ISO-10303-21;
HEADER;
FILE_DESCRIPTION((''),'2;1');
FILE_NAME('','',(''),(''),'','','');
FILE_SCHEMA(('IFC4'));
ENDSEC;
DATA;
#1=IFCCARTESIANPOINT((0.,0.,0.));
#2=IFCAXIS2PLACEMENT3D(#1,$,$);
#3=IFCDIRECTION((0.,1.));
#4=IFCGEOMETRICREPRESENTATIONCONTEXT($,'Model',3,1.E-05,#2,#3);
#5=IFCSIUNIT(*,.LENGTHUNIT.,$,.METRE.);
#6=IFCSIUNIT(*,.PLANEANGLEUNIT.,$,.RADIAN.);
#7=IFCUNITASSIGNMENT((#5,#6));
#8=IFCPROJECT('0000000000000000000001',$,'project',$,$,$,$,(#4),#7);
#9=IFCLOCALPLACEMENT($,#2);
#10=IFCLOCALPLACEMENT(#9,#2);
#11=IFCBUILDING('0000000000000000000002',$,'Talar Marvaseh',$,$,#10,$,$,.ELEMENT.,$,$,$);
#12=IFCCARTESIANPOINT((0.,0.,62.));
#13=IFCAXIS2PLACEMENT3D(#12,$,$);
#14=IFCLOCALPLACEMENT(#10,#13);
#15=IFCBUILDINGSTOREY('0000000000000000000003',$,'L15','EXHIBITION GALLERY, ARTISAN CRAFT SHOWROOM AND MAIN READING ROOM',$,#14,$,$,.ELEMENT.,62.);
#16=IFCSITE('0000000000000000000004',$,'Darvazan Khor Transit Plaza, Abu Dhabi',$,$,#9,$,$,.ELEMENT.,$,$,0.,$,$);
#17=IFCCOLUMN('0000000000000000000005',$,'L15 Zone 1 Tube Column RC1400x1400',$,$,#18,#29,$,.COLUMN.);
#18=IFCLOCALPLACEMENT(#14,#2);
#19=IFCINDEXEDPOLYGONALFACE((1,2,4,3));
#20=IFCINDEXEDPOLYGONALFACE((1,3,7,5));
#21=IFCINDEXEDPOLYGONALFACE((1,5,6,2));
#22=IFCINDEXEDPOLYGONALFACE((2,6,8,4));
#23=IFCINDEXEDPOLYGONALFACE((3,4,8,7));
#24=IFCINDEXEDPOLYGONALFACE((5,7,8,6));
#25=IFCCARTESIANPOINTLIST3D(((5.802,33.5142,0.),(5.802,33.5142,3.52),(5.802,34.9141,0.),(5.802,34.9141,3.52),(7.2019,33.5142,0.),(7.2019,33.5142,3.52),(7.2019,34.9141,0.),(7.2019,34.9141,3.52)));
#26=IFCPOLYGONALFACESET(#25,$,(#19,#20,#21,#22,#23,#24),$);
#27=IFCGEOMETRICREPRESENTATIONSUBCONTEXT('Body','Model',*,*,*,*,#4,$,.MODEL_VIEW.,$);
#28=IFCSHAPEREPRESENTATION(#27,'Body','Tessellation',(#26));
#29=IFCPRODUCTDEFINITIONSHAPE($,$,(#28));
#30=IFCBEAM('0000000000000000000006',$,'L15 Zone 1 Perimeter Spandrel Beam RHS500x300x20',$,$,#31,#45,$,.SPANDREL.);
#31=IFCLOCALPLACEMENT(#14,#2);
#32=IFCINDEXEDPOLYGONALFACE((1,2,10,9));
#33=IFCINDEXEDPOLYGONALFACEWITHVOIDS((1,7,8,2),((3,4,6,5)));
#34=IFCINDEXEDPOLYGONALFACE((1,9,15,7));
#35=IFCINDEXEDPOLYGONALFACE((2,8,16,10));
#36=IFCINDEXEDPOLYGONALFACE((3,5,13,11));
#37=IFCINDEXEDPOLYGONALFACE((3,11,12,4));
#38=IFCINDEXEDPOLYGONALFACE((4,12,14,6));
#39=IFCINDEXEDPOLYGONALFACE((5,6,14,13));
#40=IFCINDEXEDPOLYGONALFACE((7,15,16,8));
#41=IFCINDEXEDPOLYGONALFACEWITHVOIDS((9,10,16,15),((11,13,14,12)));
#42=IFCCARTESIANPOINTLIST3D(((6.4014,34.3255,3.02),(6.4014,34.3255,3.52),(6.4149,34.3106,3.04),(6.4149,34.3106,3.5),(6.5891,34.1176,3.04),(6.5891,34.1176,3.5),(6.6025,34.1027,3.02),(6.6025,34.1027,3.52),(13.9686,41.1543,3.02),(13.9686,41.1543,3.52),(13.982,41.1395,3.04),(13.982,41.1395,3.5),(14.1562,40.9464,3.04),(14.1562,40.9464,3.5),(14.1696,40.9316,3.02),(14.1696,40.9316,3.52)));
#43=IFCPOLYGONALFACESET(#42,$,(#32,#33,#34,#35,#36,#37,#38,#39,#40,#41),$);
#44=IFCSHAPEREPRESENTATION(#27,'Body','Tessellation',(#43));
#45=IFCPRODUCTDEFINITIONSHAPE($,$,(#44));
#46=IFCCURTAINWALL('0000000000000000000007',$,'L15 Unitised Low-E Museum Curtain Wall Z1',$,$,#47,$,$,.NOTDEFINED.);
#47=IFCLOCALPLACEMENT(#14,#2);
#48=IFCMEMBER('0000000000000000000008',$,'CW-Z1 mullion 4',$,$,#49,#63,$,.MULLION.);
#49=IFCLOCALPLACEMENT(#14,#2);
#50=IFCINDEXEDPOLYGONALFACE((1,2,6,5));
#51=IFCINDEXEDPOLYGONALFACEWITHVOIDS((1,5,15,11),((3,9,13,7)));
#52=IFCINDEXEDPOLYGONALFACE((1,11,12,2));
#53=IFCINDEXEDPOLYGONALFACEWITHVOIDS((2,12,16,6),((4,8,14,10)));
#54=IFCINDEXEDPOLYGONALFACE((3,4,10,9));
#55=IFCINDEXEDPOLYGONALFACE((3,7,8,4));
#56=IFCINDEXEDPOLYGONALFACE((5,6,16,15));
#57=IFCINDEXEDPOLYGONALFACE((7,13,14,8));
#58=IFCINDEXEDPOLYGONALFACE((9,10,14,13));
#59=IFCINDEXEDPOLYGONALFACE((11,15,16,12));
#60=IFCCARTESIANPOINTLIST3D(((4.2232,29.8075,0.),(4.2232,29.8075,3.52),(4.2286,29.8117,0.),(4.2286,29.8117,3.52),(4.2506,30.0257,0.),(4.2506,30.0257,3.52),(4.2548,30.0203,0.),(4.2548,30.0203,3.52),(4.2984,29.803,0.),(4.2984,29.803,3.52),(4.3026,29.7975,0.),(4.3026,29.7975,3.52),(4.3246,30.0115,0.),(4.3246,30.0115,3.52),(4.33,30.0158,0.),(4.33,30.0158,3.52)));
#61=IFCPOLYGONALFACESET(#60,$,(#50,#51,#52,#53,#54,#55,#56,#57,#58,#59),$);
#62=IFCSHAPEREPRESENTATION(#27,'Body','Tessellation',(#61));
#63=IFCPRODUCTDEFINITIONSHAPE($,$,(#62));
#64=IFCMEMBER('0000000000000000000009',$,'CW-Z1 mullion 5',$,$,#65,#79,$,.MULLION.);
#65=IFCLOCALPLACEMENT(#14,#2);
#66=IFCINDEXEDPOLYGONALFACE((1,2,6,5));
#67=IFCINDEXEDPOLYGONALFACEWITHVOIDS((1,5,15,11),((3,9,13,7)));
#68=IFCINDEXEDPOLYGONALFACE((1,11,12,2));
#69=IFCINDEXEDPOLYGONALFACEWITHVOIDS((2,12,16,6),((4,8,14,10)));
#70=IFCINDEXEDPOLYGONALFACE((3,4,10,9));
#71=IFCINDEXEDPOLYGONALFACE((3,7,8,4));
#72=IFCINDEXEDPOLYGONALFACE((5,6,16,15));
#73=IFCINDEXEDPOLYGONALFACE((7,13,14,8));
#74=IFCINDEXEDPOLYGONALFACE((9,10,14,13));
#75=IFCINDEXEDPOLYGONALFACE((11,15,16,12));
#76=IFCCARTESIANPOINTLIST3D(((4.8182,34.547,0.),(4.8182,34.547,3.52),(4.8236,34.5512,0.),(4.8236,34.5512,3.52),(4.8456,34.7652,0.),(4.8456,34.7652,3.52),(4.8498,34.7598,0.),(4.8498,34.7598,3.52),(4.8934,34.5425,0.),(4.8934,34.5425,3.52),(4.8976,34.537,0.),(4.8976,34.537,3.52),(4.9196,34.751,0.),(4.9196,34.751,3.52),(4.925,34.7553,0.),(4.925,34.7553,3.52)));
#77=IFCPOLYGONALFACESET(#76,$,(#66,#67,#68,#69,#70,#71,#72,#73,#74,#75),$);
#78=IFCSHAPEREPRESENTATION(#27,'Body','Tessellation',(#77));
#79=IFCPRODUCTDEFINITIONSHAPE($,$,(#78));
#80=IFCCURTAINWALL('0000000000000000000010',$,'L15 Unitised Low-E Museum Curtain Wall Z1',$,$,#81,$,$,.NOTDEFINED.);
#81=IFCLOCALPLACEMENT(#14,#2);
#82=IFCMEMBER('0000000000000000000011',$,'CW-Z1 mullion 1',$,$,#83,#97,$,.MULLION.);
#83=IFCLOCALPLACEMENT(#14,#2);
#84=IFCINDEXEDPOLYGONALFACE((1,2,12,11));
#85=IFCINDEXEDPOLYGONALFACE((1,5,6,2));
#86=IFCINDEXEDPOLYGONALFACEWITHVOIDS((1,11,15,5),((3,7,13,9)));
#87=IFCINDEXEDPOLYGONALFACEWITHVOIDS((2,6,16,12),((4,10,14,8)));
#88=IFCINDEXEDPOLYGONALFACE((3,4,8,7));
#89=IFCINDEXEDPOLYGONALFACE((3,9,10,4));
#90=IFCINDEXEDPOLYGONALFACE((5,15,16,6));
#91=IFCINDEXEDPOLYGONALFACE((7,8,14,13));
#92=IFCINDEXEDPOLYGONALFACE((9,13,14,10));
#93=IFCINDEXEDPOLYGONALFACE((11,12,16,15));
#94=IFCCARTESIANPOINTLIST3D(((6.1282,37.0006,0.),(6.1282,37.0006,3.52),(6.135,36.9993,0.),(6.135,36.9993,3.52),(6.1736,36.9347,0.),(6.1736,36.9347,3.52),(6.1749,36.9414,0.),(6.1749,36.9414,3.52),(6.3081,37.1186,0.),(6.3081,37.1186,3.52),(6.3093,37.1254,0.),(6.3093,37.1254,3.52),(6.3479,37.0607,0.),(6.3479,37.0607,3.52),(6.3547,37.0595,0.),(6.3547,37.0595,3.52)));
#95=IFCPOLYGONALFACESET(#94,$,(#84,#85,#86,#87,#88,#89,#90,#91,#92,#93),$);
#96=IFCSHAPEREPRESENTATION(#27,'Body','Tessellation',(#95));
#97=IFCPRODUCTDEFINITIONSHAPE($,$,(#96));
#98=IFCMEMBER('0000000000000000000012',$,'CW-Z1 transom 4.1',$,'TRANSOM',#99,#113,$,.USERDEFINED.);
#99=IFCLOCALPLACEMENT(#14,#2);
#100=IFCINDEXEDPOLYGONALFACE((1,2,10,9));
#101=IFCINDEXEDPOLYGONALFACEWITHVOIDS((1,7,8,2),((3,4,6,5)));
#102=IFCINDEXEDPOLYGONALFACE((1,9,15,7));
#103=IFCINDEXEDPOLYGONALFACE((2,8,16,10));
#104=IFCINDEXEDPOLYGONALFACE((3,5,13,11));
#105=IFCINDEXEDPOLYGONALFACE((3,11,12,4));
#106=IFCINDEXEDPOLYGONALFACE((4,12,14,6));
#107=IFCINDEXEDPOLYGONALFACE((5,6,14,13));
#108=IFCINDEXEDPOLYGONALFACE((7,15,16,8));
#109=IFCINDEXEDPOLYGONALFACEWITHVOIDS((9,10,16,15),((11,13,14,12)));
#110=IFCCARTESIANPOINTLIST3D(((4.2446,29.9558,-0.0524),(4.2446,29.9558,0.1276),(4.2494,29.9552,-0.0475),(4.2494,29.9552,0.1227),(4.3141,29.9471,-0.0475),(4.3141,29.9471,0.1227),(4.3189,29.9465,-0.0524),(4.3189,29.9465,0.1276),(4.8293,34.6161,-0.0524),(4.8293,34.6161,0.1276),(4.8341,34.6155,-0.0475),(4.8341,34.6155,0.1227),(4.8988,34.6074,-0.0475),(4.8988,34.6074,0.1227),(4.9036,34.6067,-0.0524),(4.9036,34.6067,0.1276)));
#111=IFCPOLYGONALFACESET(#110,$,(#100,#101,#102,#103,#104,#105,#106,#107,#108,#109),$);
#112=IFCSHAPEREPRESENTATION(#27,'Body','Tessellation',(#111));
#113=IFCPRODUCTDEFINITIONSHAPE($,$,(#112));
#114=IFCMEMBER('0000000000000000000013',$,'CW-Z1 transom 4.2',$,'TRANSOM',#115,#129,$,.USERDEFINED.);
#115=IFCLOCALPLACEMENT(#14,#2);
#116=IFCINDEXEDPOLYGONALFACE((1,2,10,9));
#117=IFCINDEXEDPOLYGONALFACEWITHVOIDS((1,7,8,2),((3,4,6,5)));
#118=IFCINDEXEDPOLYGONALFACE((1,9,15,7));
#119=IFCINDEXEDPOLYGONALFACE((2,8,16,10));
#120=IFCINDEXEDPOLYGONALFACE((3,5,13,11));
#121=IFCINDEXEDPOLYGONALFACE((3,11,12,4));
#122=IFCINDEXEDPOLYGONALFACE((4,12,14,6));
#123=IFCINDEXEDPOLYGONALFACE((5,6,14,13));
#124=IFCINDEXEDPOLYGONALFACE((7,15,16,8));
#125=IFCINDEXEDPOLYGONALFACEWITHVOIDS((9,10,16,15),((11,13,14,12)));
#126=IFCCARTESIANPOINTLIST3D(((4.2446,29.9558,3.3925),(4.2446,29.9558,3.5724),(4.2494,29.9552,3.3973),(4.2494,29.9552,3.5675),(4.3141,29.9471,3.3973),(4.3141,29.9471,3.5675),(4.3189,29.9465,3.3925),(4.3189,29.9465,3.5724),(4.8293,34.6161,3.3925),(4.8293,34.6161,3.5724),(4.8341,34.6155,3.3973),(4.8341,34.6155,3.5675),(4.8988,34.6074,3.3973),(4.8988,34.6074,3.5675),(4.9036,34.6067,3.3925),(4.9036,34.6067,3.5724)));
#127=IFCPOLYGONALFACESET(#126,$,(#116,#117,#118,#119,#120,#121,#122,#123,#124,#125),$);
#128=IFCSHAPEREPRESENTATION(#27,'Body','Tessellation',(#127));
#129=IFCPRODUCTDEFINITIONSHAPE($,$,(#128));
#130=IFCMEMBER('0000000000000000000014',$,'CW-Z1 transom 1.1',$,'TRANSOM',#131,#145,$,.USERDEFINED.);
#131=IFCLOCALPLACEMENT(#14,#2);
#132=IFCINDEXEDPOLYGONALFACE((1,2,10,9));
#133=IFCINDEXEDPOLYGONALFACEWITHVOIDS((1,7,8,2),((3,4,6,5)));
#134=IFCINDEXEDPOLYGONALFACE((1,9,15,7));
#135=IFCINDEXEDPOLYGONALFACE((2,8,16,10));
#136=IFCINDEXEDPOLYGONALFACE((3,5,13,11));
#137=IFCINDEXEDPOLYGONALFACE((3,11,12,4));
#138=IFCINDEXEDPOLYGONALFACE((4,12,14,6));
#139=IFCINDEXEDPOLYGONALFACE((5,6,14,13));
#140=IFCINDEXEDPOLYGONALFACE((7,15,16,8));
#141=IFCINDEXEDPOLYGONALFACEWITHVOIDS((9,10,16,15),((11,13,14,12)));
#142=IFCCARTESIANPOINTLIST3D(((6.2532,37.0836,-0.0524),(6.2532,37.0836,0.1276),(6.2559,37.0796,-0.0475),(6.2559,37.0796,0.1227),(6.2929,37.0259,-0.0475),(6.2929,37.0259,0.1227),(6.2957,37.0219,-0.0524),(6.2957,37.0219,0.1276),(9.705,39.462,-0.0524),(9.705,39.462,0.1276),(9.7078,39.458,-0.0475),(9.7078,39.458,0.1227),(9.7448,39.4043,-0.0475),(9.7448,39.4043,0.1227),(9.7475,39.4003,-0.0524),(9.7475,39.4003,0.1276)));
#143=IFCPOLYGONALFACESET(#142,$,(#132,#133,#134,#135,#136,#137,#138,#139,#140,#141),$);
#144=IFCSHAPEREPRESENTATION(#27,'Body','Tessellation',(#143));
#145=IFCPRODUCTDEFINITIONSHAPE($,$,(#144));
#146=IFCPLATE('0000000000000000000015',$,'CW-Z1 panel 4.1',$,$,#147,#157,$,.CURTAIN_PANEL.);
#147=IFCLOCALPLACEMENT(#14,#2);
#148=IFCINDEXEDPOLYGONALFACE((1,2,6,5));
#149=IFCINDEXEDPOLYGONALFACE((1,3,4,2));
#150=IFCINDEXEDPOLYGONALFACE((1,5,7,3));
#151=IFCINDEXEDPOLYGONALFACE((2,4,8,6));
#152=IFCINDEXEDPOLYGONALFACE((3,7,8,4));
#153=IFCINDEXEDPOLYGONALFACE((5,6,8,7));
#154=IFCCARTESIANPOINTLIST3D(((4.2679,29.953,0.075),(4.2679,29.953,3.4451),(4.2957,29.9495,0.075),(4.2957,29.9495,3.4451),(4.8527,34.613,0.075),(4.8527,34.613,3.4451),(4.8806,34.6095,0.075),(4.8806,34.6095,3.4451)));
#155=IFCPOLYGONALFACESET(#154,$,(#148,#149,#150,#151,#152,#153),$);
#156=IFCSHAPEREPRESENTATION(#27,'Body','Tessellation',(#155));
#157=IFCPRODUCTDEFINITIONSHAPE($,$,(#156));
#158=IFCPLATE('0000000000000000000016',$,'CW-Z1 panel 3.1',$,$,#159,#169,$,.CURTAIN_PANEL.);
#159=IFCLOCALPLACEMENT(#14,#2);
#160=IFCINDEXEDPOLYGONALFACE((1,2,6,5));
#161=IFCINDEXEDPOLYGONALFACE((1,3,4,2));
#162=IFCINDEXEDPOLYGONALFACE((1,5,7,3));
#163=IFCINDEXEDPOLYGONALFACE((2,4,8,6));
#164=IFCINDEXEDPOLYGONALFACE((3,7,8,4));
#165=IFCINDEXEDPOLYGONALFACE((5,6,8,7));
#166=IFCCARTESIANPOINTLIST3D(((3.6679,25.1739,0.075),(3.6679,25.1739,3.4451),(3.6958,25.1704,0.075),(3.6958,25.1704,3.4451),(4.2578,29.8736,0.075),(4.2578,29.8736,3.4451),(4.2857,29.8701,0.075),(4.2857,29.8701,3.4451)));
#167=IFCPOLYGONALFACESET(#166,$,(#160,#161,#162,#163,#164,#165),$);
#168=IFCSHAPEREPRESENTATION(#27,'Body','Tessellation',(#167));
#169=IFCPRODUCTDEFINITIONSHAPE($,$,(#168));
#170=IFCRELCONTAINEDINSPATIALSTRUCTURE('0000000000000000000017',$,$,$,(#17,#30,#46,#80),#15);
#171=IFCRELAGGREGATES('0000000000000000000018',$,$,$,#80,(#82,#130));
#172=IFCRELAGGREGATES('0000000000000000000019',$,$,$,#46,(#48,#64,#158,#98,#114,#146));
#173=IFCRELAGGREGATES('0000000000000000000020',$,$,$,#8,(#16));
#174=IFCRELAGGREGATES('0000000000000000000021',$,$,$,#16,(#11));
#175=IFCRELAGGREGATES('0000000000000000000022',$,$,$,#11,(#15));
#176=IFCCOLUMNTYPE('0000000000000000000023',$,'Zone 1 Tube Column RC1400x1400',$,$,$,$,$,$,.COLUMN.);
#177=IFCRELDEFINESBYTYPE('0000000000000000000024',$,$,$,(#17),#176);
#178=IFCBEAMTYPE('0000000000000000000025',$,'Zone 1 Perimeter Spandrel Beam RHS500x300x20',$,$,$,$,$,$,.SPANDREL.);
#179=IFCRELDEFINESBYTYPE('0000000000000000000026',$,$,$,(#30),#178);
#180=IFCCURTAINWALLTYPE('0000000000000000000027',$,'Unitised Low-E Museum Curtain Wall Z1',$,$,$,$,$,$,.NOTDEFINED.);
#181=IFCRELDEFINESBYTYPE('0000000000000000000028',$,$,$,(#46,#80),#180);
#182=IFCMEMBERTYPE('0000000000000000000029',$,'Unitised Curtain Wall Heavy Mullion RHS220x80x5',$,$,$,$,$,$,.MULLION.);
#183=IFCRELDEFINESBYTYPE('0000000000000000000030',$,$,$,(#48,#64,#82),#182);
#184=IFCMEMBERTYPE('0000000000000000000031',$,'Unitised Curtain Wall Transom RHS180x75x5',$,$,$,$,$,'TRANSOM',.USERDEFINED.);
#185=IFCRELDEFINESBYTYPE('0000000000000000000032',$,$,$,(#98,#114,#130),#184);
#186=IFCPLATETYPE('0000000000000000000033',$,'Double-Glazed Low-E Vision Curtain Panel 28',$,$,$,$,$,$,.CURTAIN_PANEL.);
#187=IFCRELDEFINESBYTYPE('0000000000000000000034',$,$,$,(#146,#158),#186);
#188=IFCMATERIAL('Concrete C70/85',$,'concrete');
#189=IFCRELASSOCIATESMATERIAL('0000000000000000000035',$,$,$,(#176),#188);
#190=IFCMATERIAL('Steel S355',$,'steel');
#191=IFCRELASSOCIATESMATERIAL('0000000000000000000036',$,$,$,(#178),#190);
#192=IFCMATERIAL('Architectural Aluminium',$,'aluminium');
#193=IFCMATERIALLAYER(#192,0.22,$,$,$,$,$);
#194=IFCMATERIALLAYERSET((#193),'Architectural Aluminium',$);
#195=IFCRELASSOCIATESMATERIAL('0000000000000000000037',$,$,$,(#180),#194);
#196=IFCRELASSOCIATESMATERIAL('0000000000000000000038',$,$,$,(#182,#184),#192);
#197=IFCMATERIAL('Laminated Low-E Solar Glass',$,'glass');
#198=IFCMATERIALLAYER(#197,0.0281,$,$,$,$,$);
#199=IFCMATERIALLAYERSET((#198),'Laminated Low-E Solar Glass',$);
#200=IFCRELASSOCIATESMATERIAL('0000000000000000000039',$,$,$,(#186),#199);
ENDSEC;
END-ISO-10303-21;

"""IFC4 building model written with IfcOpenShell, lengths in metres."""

from ifc_helpers import new_model, si_unit, direction, frame, origin, origin_2d, place, context, subcontext, project, spatial, rectangle, hollow_rectangle, extrude, source, transform, mapped, material, layer, layer_set, material_profile, profile_set, type_object, type_shapes, element, aggregate, save


model = new_model("IFC4")

# Units and contexts
model_context = context("Model", 3, precision=1e-05, world=origin(), true_north=direction((0.0, 1.0)))
body_context = subcontext(model_context, "Body", "Model", "MODEL_VIEW")
ifc_project = project(units=[si_unit("LENGTHUNIT", "METRE"), si_unit("PLANEANGLEUNIT", "RADIAN")], contexts=[model_context])

# Site, building, storey
site_placement = place(None, origin())
site = spatial("IfcSite", under=ifc_project, at=site_placement, Name="Darvazan Khor Transit Plaza, Abu Dhabi", CompositionType="ELEMENT", RefElevation=0.0)
building_placement = place(site_placement, origin())
building = spatial("IfcBuilding", under=site, at=building_placement, Name="Talar Marvaseh", CompositionType="ELEMENT")
storey_placement = place(building_placement, frame((0.0, 0.0, 62.0)))
storey = spatial("IfcBuildingStorey", under=building, at=storey_placement, Name="L15", Description="EXHIBITION GALLERY, ARTISAN CRAFT SHOWROOM AND MAIN READING ROOM", CompositionType="ELEMENT", Elevation=62.0)

# Column
ifc_material_1 = material(Name="Concrete C70/85", Category="concrete")
ifc_material_profile_1 = material_profile(ifc_material_1, rectangle(XDim=1.3999, YDim=1.3999, at=origin_2d()), Name="RC1400x1400")
ifc_profile_set_1 = profile_set([ifc_material_profile_1], Name="Concrete C70/85")
column_type = type_object("IfcColumnType", Name="Zone 1 Tube Column RC1400x1400", PredefinedType="COLUMN", material=ifc_profile_set_1)
column_placement = place(storey_placement, frame((6.502, 34.2141, 0.0), z_axis=(0.0, 0.0, 1.0), x_axis=(1.0, 0.0, 0.0)))
element("IfcColumn", 1, at=column_placement, inside=storey, type_object=column_type, Name="L15 Zone 1 Tube Column RC1400x1400", PredefinedType="COLUMN", context=body_context, shape_type="SweptSolid", body=[
    extrude(rectangle(XDim=1.3999, YDim=1.3999, at=origin_2d()), origin(), (0.0, 0.0, 1.0), 3.52),
])

# Beam
ifc_material_2 = material(Name="Steel S355", Category="steel")
ifc_material_profile_2 = material_profile(ifc_material_2, hollow_rectangle(XDim=0.3, YDim=0.5, WallThickness=0.02, at=origin_2d()), Name="RHS500x300x20")
ifc_profile_set_2 = profile_set([ifc_material_profile_2], Name="Steel S355")
beam_type = type_object("IfcBeamType", Name="Zone 1 Perimeter Spandrel Beam RHS500x300x20", PredefinedType="SPANDREL", material=ifc_profile_set_2)
beam_placement = place(storey_placement, frame((6.502, 34.2141, 3.27), z_axis=(0.742394, 0.669963, 0.0), x_axis=(-0.669963, 0.742394, 0.0)))
element("IfcBeam", 2, at=beam_placement, inside=storey, type_object=beam_type, Name="L15 Zone 1 Perimeter Spandrel Beam RHS500x300x20", PredefinedType="SPANDREL", context=body_context, shape_type="SweptSolid", body=[
    extrude(hollow_rectangle(XDim=0.3, YDim=0.5, WallThickness=0.02, at=origin_2d()), origin(), (0.0, 0.0, 1.0), 10.1929),
])

# Curtain wall, members
ifc_material_3 = material(Name="Architectural Aluminium", Category="aluminium")
ifc_layer_1 = layer(ifc_material_3, 0.22)
ifc_layer_set_1 = layer_set([ifc_layer_1], Name="Architectural Aluminium")
curtain_wall_type = type_object("IfcCurtainWallType", Name="Unitised Low-E Museum Curtain Wall Z1", PredefinedType="NOTDEFINED", material=ifc_layer_set_1)
curtain_wall_1_placement = place(storey_placement, origin())
curtain_wall_1 = element("IfcCurtainWall", 3, at=curtain_wall_1_placement, inside=storey, type_object=curtain_wall_type, Name="L15 Unitised Low-E Museum Curtain Wall Z1", PredefinedType="NOTDEFINED")
ifc_material_profile_3 = material_profile(ifc_material_3, hollow_rectangle(XDim=0.0801, YDim=0.22, WallThickness=0.0049, at=origin_2d()), Name="RHS220x80x5")
ifc_profile_set_3 = profile_set([ifc_material_profile_3], Name="Architectural Aluminium")
member_type_1 = type_object("IfcMemberType", Name="Unitised Curtain Wall Heavy Mullion RHS220x80x5", PredefinedType="MULLION", material=ifc_profile_set_3)
shared_shape_1 = source(origin(), body_context, "Body", "SweptSolid", [
    extrude(hollow_rectangle(XDim=0.0801, YDim=0.22, WallThickness=0.0049, at=origin_2d()), origin(), (0.0, 0.0, 1.0), 3.52),
])
type_shapes(member_type_1, [shared_shape_1])
member_1_placement = place(storey_placement, frame((4.2766, 29.9116, 0.0), z_axis=(0.0, 0.0, 1.0), x_axis=(-0.992216, 0.124532, 0.0)))
member_1 = element("IfcMember", 4, at=member_1_placement, type_object=member_type_1, Name="CW-Z1 mullion 4", PredefinedType="MULLION", context=body_context, shape_type="MappedRepresentation", body=[
    mapped(shared_shape_1, transform((0.0, 0.0, 0.0), x_axis=(1.0, 0.0, 0.0), y_axis=(0.0, 1.0, 0.0), z_axis=(0.0, 0.0, 1.0), scale=1.0)),
])
member_2_placement = place(storey_placement, frame((4.8716, 34.6511, 0.0), z_axis=(0.0, 0.0, 1.0), x_axis=(-0.992216, 0.124532, 0.0)))
member_2 = element("IfcMember", 5, at=member_2_placement, type_object=member_type_1, Name="CW-Z1 mullion 5", PredefinedType="MULLION", context=body_context, shape_type="MappedRepresentation", body=[
    mapped(shared_shape_1, transform((0.0, 0.0, 0.0), x_axis=(1.0, 0.0, 0.0), y_axis=(0.0, 1.0, 0.0), z_axis=(0.0, 0.0, 1.0), scale=1.0)),
])

# Curtain wall, member
curtain_wall_2_placement = place(storey_placement, origin())
curtain_wall_2 = element("IfcCurtainWall", 6, at=curtain_wall_2_placement, inside=storey, type_object=curtain_wall_type, Name="L15 Unitised Low-E Museum Curtain Wall Z1", PredefinedType="NOTDEFINED")
member_3_placement = place(storey_placement, frame((6.2415, 37.03, 0.0), z_axis=(0.0, 0.0, 1.0), x_axis=(-0.567383, 0.823454, 0.0)))
member_3 = element("IfcMember", 7, at=member_3_placement, type_object=member_type_1, Name="CW-Z1 mullion 1", PredefinedType="MULLION", context=body_context, shape_type="MappedRepresentation", body=[
    mapped(shared_shape_1, transform((0.0, 0.0, 0.0), x_axis=(1.0, 0.0, 0.0), y_axis=(0.0, 1.0, 0.0), z_axis=(0.0, 0.0, 1.0), scale=1.0)),
])

# Members
ifc_material_profile_4 = material_profile(ifc_material_3, hollow_rectangle(XDim=0.075, YDim=0.1799, WallThickness=0.0049, at=origin_2d()), Name="RHS180x75x5")
ifc_profile_set_4 = profile_set([ifc_material_profile_4], Name="Architectural Aluminium")
member_type_2 = type_object("IfcMemberType", Name="Unitised Curtain Wall Transom RHS180x75x5", ElementType="TRANSOM", PredefinedType="USERDEFINED", material=ifc_profile_set_4)
shared_shape_2 = source(origin(), body_context, "Body", "SweptSolid", [
    extrude(hollow_rectangle(XDim=0.075, YDim=0.1799, WallThickness=0.0049, at=origin_2d()), origin(), (0.0, 0.0, 1.0), 4.6968),
])
member_4_placement = place(storey_placement, frame((4.2817, 29.9512, 0.0376), z_axis=(0.124495, 0.99222, 0.0), x_axis=(-0.99222, 0.124495, 0.0)))
member_4 = element("IfcMember", 8, at=member_4_placement, type_object=member_type_2, Name="CW-Z1 transom 4.1", ObjectType="TRANSOM", PredefinedType="USERDEFINED", context=body_context, shape_type="MappedRepresentation", body=[
    mapped(shared_shape_2, transform((0.0, 0.0, 0.0), x_axis=(1.0, 0.0, 0.0), y_axis=(0.0, 1.0, 0.0), z_axis=(0.0, 0.0, 1.0), scale=1.0)),
])
member_5_placement = place(storey_placement, frame((4.2817, 29.9512, 3.4824), z_axis=(0.124495, 0.99222, 0.0), x_axis=(-0.99222, 0.124495, 0.0)))
member_5 = element("IfcMember", 9, at=member_5_placement, type_object=member_type_2, Name="CW-Z1 transom 4.2", ObjectType="TRANSOM", PredefinedType="USERDEFINED", context=body_context, shape_type="MappedRepresentation", body=[
    mapped(shared_shape_2, transform((0.0, 0.0, 0.0), x_axis=(1.0, 0.0, 0.0), y_axis=(0.0, 1.0, 0.0), z_axis=(0.0, 0.0, 1.0), scale=1.0)),
])
shared_shape_3 = source(origin(), body_context, "Body", "SweptSolid", [
    extrude(hollow_rectangle(XDim=0.075, YDim=0.1799, WallThickness=0.0049, at=origin_2d()), origin(), (0.0, 0.0, 1.0), 4.1919),
])
type_shapes(member_type_2, [shared_shape_2, shared_shape_3])
member_6_placement = place(storey_placement, frame((6.2744, 37.0527, 0.0376), z_axis=(0.823459, 0.567376, 0.0), x_axis=(-0.567376, 0.823459, 0.0)))
member_6 = element("IfcMember", 10, at=member_6_placement, type_object=member_type_2, Name="CW-Z1 transom 1.1", ObjectType="TRANSOM", PredefinedType="USERDEFINED", context=body_context, shape_type="MappedRepresentation", body=[
    mapped(shared_shape_3, transform((0.0, 0.0, 0.0), x_axis=(1.0, 0.0, 0.0), y_axis=(0.0, 1.0, 0.0), z_axis=(0.0, 0.0, 1.0), scale=1.0)),
])
aggregate(curtain_wall_2, [member_3, member_6])

# Plates
ifc_material_4 = material(Name="Laminated Low-E Solar Glass", Category="glass")
ifc_layer_2 = layer(ifc_material_4, 0.0281)
ifc_layer_set_2 = layer_set([ifc_layer_2], Name="Laminated Low-E Solar Glass")
plate_type = type_object("IfcPlateType", Name="Double-Glazed Low-E Vision Curtain Panel 28", PredefinedType="CURTAIN_PANEL", material=ifc_layer_set_2)
shared_shape_4 = source(origin(), body_context, "Body", "SweptSolid", [
    extrude(rectangle(XDim=4.6965, YDim=0.0281, at=origin_2d()), origin(), (0.0, 0.0, 1.0), 3.3701),
])
plate_1_placement = place(storey_placement, frame((4.5742, 32.2812, 0.075), z_axis=(0.0, 0.0, 1.0), x_axis=(0.124532, 0.992216, 0.0)))
plate_1 = element("IfcPlate", 11, at=plate_1_placement, type_object=plate_type, Name="CW-Z1 panel 4.1", PredefinedType="CURTAIN_PANEL", context=body_context, shape_type="MappedRepresentation", body=[
    mapped(shared_shape_4, transform((0.0, 0.0, 0.0), x_axis=(1.0, 0.0, 0.0), y_axis=(0.0, 1.0, 0.0), z_axis=(0.0, 0.0, 1.0), scale=1.0)),
])
shared_shape_5 = source(origin(), body_context, "Body", "SweptSolid", [
    extrude(rectangle(XDim=4.7366, YDim=0.0281, at=origin_2d()), origin(), (0.0, 0.0, 1.0), 3.3701),
])
type_shapes(plate_type, [shared_shape_4, shared_shape_5])
plate_2_placement = place(storey_placement, frame((3.9768, 27.522, 0.075), z_axis=(0.0, 0.0, 1.0), x_axis=(0.124532, 0.992216, 0.0)))
plate_2 = element("IfcPlate", 12, at=plate_2_placement, type_object=plate_type, Name="CW-Z1 panel 3.1", PredefinedType="CURTAIN_PANEL", context=body_context, shape_type="MappedRepresentation", body=[
    mapped(shared_shape_5, transform((0.0, 0.0, 0.0), x_axis=(1.0, 0.0, 0.0), y_axis=(0.0, 1.0, 0.0), z_axis=(0.0, 0.0, 1.0), scale=1.0)),
])
aggregate(curtain_wall_1, [member_1, member_2, plate_2, member_4, member_5, plate_1])

save(model, "model.ifc")
